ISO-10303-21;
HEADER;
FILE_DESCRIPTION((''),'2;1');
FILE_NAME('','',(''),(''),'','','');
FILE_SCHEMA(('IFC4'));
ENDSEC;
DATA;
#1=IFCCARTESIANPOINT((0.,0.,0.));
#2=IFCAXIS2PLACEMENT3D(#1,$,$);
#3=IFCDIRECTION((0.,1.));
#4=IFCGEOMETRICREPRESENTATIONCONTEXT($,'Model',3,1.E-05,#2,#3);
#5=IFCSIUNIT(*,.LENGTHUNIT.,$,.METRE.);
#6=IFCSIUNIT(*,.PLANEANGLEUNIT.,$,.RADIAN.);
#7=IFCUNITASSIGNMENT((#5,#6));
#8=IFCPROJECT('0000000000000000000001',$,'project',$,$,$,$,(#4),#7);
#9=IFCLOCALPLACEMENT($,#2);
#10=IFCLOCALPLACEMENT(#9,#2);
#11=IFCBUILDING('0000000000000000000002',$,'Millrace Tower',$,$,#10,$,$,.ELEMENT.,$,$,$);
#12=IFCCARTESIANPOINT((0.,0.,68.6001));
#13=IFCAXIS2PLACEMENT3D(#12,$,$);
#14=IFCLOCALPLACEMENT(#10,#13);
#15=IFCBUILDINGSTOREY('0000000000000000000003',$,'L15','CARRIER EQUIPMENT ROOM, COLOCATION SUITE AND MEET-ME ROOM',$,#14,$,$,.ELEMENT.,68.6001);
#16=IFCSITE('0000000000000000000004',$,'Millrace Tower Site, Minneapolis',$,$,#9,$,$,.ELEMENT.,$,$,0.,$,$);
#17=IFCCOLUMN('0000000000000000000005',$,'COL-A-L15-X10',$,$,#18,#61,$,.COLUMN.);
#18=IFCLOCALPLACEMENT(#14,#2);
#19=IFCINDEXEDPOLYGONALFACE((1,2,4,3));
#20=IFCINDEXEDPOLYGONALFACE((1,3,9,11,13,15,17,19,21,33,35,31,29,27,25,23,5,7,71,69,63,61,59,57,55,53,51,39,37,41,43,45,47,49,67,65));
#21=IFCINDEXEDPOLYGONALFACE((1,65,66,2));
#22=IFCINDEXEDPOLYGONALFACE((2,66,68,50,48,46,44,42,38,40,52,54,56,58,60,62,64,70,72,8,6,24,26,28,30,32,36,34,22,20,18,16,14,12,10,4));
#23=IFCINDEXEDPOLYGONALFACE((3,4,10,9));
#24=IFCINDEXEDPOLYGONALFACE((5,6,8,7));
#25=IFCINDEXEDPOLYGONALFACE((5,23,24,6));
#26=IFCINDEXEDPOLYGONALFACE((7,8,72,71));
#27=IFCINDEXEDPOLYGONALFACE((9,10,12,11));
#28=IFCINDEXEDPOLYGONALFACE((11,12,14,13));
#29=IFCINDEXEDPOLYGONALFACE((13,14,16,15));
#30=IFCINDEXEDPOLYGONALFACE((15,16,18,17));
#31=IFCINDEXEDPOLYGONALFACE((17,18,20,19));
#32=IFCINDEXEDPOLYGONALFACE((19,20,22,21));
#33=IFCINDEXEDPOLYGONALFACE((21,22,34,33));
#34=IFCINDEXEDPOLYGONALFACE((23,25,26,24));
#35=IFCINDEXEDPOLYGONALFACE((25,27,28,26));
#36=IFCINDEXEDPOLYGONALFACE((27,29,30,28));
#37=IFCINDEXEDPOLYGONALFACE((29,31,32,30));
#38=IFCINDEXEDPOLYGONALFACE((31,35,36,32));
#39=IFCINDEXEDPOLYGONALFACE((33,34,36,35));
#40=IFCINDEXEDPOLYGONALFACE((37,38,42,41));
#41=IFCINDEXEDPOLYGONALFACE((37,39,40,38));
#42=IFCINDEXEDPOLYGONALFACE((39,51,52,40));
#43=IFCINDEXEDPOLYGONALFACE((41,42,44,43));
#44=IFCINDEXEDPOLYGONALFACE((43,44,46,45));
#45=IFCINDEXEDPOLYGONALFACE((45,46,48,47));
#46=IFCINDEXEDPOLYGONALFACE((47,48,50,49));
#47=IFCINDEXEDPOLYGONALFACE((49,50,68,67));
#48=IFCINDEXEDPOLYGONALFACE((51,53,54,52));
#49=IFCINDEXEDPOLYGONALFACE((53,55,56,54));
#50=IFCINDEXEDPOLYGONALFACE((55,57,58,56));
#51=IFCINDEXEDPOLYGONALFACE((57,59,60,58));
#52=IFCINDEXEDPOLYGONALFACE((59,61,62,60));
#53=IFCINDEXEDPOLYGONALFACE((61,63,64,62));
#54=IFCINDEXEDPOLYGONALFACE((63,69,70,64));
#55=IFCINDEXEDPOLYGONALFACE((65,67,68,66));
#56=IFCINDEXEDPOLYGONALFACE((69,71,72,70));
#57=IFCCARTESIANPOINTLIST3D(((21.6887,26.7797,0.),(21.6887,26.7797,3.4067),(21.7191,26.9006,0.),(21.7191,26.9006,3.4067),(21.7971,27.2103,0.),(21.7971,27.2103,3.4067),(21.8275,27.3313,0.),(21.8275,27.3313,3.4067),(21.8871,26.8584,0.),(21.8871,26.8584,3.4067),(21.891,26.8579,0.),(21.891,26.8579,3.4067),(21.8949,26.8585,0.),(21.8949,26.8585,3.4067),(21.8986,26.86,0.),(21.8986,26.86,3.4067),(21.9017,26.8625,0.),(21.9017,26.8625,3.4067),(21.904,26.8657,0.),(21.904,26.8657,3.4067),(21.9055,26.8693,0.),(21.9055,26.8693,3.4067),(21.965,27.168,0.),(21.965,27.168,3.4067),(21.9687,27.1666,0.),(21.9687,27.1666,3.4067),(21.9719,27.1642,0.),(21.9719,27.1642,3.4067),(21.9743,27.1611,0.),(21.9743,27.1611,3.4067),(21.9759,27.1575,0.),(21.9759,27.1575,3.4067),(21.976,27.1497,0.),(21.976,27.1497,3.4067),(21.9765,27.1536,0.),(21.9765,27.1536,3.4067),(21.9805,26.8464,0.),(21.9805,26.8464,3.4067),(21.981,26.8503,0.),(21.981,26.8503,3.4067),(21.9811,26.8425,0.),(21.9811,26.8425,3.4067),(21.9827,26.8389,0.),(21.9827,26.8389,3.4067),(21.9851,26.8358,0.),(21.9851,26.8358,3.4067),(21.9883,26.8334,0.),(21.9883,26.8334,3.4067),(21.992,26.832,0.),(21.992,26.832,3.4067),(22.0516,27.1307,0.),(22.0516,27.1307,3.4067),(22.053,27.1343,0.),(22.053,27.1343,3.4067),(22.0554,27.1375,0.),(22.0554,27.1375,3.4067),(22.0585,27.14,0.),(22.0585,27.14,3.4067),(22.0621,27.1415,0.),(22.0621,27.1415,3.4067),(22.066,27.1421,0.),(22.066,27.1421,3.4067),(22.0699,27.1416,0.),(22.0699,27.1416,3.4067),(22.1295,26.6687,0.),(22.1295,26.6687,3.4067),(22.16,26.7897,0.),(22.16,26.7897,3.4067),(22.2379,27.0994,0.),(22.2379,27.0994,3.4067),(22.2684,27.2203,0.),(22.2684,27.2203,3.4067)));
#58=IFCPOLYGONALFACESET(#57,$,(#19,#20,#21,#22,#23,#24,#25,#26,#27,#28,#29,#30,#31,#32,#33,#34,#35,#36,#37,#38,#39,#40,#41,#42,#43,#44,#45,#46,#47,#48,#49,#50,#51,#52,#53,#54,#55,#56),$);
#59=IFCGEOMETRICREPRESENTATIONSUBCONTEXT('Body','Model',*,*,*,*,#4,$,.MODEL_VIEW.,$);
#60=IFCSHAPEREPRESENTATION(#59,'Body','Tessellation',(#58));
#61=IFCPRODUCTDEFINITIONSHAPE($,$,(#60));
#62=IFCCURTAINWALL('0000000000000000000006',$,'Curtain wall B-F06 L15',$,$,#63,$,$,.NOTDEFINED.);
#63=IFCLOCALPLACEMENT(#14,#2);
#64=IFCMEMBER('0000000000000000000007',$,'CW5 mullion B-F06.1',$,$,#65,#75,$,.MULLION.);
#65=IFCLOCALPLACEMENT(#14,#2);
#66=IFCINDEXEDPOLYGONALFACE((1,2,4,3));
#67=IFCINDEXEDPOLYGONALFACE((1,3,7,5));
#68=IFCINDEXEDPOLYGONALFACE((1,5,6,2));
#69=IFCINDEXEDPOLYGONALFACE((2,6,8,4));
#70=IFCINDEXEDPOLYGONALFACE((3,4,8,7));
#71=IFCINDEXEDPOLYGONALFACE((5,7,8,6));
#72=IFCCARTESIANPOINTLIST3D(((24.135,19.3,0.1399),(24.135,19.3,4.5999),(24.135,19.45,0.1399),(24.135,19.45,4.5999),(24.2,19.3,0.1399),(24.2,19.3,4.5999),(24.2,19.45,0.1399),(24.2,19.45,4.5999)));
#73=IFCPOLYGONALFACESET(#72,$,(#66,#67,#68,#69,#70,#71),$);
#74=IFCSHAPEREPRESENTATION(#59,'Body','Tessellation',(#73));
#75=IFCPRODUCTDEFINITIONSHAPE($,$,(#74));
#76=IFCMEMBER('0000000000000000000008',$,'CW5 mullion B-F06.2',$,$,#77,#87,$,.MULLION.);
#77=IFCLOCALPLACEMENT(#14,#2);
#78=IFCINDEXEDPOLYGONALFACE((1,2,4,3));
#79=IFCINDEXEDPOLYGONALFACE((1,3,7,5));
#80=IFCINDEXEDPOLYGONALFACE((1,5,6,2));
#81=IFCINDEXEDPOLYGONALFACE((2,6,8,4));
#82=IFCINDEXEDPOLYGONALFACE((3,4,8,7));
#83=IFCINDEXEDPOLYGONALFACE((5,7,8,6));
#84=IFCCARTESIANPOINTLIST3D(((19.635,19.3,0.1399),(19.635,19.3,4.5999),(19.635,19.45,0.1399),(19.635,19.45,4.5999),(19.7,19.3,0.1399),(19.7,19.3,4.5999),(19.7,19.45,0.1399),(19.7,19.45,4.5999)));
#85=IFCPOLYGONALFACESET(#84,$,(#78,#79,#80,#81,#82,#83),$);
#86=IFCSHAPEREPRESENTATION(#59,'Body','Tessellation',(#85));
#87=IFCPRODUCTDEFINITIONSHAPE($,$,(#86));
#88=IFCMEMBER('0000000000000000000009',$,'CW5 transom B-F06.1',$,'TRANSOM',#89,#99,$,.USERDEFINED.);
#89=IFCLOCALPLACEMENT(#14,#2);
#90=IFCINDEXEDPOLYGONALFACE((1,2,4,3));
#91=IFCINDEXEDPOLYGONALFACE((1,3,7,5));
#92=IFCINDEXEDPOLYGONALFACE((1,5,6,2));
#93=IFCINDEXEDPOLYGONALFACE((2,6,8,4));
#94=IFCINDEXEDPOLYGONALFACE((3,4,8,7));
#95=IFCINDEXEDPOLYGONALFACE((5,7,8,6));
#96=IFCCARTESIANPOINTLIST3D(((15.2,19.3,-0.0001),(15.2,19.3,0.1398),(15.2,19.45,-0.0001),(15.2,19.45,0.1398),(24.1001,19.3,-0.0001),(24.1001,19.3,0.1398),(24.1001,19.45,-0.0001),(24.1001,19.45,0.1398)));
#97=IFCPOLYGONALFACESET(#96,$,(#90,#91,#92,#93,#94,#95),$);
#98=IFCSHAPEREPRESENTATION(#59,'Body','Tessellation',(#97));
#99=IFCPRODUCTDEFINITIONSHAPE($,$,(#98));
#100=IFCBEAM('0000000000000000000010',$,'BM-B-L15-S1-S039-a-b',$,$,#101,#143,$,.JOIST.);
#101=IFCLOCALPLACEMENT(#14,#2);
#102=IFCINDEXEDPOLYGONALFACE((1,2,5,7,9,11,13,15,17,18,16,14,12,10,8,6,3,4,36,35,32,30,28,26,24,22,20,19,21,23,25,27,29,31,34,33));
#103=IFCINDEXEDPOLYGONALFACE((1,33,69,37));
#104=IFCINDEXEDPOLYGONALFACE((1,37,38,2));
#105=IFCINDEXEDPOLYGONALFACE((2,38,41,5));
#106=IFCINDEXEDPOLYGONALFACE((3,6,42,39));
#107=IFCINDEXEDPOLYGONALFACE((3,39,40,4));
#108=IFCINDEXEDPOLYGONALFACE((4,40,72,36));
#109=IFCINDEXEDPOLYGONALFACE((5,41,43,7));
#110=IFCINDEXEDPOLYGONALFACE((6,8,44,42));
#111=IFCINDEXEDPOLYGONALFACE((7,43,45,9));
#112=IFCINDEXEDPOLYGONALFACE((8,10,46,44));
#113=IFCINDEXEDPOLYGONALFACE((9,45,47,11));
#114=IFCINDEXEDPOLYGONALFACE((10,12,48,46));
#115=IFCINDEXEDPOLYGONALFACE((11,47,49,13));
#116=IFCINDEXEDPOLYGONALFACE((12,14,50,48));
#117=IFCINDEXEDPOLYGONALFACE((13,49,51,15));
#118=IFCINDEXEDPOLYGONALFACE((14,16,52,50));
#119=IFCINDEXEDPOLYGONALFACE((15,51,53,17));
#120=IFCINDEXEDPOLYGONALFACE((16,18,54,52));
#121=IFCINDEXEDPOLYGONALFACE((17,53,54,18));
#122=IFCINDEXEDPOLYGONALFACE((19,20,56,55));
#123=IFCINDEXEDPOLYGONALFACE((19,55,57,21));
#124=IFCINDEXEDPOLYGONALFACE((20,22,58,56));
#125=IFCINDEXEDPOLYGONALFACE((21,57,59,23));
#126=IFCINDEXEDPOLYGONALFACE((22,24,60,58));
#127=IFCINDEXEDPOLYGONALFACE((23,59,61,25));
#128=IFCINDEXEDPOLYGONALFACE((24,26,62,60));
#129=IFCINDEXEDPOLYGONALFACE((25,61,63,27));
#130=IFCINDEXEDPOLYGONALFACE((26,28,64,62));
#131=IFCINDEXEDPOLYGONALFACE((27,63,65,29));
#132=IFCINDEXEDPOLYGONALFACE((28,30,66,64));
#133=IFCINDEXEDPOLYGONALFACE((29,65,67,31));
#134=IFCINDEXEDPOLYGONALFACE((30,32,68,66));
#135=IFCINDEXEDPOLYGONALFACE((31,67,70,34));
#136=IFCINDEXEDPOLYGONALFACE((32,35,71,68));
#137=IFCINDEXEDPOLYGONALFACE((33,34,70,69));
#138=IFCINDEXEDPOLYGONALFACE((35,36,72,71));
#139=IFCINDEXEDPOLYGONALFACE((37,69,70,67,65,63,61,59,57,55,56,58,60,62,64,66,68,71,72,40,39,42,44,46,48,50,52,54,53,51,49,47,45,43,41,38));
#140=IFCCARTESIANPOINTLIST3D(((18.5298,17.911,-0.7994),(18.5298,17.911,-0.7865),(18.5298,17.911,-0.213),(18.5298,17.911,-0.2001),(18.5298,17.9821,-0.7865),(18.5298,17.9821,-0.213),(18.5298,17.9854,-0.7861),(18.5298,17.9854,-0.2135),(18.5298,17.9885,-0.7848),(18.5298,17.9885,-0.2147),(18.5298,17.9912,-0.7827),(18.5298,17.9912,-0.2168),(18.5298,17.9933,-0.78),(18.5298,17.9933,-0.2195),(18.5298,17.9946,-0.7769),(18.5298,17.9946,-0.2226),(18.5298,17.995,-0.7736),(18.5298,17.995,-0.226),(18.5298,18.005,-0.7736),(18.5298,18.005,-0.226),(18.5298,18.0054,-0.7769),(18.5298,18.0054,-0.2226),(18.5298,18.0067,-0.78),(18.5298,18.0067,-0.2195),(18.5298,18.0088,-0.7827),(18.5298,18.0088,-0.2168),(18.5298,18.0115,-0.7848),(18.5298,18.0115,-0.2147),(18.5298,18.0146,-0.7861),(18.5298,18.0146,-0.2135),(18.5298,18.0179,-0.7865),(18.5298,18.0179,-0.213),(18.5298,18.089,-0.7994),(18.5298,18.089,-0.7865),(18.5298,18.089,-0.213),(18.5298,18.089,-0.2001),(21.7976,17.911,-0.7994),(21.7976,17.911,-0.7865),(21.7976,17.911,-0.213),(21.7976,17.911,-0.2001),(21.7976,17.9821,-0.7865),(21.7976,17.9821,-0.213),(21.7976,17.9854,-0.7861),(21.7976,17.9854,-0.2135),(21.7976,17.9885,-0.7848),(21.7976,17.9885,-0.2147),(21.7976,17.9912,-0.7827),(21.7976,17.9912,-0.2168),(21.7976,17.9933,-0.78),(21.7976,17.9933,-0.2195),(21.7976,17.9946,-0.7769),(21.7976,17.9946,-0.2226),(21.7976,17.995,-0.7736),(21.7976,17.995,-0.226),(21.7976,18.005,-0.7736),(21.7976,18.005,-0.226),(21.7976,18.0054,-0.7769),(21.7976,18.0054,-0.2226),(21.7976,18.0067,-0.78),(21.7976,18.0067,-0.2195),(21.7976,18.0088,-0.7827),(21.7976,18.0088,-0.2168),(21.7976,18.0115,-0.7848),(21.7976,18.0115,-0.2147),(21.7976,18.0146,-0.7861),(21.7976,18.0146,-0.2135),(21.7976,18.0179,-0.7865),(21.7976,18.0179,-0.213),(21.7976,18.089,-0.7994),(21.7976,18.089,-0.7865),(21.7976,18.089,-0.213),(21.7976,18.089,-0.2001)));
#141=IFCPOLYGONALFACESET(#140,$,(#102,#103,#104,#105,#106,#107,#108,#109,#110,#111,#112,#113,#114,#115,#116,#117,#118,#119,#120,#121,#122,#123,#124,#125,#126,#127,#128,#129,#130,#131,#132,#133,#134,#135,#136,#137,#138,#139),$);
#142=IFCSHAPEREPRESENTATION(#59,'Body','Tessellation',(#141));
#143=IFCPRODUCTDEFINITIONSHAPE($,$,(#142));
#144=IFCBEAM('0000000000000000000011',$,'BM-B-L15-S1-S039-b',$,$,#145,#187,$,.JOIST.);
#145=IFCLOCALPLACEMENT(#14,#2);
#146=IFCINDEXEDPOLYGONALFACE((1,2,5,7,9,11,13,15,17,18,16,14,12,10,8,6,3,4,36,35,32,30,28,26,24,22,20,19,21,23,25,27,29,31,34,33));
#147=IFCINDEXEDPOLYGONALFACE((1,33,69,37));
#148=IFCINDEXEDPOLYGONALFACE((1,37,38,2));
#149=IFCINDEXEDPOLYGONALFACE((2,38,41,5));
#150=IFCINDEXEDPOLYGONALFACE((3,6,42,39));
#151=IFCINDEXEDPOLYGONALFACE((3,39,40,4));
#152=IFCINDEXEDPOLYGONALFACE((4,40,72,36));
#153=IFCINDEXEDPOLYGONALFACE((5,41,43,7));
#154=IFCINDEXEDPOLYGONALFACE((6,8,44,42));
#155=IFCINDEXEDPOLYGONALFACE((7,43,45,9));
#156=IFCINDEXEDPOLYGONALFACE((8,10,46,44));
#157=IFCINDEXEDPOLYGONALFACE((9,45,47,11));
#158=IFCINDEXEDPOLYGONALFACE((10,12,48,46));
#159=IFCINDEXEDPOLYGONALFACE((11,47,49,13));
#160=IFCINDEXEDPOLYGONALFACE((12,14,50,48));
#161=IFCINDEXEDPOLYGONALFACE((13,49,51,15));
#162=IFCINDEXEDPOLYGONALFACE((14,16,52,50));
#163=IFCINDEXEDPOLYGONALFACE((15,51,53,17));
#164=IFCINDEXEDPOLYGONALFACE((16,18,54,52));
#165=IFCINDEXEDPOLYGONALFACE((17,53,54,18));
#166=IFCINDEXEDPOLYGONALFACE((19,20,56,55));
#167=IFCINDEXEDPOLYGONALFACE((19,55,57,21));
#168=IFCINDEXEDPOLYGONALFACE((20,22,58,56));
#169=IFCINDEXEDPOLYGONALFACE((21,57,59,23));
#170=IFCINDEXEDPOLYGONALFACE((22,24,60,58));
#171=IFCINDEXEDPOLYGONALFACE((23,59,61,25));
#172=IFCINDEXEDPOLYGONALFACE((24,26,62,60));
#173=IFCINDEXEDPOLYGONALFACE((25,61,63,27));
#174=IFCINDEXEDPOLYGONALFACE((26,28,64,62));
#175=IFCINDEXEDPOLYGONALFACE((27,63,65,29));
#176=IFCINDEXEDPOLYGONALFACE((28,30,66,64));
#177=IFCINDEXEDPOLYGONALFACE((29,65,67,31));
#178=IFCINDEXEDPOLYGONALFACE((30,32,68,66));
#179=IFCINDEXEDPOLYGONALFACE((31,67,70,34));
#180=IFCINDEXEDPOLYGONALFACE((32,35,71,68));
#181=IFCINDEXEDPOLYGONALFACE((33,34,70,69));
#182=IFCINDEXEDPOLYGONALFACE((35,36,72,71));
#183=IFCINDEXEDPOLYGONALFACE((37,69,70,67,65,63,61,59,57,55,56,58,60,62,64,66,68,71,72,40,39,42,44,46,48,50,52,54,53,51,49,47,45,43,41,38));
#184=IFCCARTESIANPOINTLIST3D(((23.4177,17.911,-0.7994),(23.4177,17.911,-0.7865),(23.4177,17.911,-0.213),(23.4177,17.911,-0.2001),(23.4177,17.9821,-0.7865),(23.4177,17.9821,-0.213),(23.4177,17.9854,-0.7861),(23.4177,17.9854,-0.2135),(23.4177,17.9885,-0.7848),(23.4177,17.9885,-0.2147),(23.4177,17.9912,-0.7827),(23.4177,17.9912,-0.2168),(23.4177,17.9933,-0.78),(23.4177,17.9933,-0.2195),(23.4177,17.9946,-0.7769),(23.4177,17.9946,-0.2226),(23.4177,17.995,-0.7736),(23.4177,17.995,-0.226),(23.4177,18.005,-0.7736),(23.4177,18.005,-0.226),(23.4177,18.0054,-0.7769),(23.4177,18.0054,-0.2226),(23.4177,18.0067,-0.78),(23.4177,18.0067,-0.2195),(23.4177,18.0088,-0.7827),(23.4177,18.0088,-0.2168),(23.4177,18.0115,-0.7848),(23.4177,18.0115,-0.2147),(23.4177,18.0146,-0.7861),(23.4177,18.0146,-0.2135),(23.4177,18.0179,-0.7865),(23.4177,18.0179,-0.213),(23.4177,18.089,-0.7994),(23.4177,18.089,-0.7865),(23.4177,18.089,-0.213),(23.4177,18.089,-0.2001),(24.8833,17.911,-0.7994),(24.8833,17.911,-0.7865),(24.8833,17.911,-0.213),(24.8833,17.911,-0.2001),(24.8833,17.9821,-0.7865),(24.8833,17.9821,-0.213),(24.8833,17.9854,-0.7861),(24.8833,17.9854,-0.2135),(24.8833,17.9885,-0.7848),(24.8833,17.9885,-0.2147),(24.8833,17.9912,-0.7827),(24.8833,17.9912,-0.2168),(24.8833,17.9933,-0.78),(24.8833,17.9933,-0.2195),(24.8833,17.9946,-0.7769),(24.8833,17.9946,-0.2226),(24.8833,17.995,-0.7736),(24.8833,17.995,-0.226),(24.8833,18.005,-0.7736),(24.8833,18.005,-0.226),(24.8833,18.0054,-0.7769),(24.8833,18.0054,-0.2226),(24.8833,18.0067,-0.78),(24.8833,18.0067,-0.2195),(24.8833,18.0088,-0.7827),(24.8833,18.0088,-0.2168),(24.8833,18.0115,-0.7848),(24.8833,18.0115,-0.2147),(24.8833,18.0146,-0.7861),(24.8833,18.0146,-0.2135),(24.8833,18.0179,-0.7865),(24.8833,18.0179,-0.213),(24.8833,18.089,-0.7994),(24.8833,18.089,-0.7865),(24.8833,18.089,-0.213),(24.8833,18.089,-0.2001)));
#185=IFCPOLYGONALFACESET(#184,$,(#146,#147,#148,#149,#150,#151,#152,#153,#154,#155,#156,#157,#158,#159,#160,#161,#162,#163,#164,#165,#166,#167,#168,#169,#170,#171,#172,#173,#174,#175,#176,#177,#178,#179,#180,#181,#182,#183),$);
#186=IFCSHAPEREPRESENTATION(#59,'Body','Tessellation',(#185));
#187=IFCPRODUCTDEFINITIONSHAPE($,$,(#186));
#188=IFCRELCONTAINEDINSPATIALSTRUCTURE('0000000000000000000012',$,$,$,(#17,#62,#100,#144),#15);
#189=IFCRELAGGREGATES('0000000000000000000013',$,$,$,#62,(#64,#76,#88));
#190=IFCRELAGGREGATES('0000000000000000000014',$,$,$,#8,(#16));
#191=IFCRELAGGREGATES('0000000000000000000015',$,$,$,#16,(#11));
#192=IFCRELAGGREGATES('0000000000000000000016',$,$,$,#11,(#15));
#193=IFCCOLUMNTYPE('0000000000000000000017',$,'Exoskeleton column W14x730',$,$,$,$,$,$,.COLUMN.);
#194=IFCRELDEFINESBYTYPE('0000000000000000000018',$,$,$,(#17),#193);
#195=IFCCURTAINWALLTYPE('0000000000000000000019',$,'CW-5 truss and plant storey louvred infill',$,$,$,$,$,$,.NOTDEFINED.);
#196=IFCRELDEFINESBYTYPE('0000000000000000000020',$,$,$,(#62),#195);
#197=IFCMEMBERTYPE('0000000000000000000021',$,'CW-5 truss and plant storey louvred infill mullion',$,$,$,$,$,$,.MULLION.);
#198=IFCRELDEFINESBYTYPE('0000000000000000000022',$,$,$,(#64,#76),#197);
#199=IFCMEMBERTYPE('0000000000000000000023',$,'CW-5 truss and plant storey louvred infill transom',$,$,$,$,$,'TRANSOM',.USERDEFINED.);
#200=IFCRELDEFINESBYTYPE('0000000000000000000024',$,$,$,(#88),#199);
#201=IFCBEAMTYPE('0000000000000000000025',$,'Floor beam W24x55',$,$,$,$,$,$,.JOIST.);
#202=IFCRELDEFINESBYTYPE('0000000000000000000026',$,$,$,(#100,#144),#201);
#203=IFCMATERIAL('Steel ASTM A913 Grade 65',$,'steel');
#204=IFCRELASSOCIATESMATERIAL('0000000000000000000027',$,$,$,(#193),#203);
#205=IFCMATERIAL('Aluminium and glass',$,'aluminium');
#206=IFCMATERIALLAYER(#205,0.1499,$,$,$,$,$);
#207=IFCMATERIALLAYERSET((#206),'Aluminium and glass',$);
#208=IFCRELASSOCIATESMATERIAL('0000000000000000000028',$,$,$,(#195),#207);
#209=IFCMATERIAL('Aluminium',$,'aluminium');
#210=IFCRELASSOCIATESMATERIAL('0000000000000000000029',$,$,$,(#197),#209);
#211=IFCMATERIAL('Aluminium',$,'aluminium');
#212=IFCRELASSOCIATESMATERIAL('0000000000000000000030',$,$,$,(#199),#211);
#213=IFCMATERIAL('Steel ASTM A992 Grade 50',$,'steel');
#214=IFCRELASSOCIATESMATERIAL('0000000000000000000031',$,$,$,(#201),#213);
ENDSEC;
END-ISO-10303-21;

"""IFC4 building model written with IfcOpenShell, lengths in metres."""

from ifc_helpers import new_model, si_unit, direction, frame, origin, origin_2d, place, context, subcontext, project, spatial, rectangle, i_section, extrude, material, layer, layer_set, material_profile, profile_set, type_object, element, aggregate, save


model = new_model("IFC4")

# Units and contexts
model_context = context("Model", 3, precision=1e-05, world=origin(), true_north=direction((0.0, 1.0)))
body_context = subcontext(model_context, "Body", "Model", "MODEL_VIEW")
ifc_project = project(units=[si_unit("LENGTHUNIT", "METRE"), si_unit("PLANEANGLEUNIT", "RADIAN")], contexts=[model_context])

# Site, building, storey
site_placement = place(None, origin())
site = spatial("IfcSite", under=ifc_project, at=site_placement, Name="Millrace Tower Site, Minneapolis", CompositionType="ELEMENT", RefElevation=0.0)
building_placement = place(site_placement, origin())
building = spatial("IfcBuilding", under=site, at=building_placement, Name="Millrace Tower", CompositionType="ELEMENT")
storey_placement = place(building_placement, frame((0.0, 0.0, 68.6001)))
storey = spatial("IfcBuildingStorey", under=building, at=storey_placement, Name="L15", Description="CARRIER EQUIPMENT ROOM, COLOCATION SUITE AND MEET-ME ROOM", CompositionType="ELEMENT", Elevation=68.6001)

# Column
ifc_material_1 = material(Name="Steel ASTM A913 Grade 65", Category="steel")
ifc_material_profile_1 = material_profile(ifc_material_1, i_section(OverallWidth=0.4546, OverallDepth=0.5688, WebThickness=0.0779, FlangeThickness=0.1248, FilletRadius=0.0151, at=origin_2d()))
ifc_profile_set_1 = profile_set([ifc_material_profile_1], Name="Steel ASTM A913 Grade 65")
column_type = type_object("IfcColumnType", Name="Exoskeleton column W14x730", PredefinedType="COLUMN", material=ifc_profile_set_1)
column_placement = place(storey_placement, frame((21.9785, 27.0, 0.0), z_axis=(0.0, 0.0, 1.0), x_axis=(-0.969752, 0.244094, 0.0)))
element("IfcColumn", 1, at=column_placement, inside=storey, type_object=column_type, Name="COL-A-L15-X10", PredefinedType="COLUMN", context=body_context, shape_type="SweptSolid", body=[
    extrude(i_section(OverallWidth=0.4546, OverallDepth=0.5688, WebThickness=0.0779, FlangeThickness=0.1248, FilletRadius=0.0151, at=origin_2d()), origin(), (0.0, 0.0, 1.0), 3.4067),
])

# Curtain wall, members
ifc_material_2 = material(Name="Aluminium and glass", Category="aluminium")
ifc_layer_1 = layer(ifc_material_2, 0.1499)
ifc_layer_set_1 = layer_set([ifc_layer_1], Name="Aluminium and glass")
curtain_wall_type = type_object("IfcCurtainWallType", Name="CW-5 truss and plant storey louvred infill", PredefinedType="NOTDEFINED", material=ifc_layer_set_1)
curtain_wall_placement = place(storey_placement, origin())
curtain_wall = element("IfcCurtainWall", 2, at=curtain_wall_placement, inside=storey, type_object=curtain_wall_type, Name="Curtain wall B-F06 L15", PredefinedType="NOTDEFINED")
ifc_material_3 = material(Name="Aluminium", Category="aluminium")
ifc_material_profile_2 = material_profile(ifc_material_3, rectangle(XDim=0.0649, YDim=0.1499, at=origin_2d()))
ifc_profile_set_2 = profile_set([ifc_material_profile_2], Name="Aluminium")
member_type_1 = type_object("IfcMemberType", Name="CW-5 truss and plant storey louvred infill mullion", PredefinedType="MULLION", material=ifc_profile_set_2)
member_1_placement = place(storey_placement, frame((24.1675, 19.375, 0.1399), z_axis=(0.0, 0.0, 1.0), x_axis=(-1.0, 0.0, 0.0)))
member_1 = element("IfcMember", 3, at=member_1_placement, type_object=member_type_1, Name="CW5 mullion B-F06.1", PredefinedType="MULLION", context=body_context, shape_type="SweptSolid", body=[
    extrude(rectangle(XDim=0.0649, YDim=0.1499, at=origin_2d()), origin(), (0.0, 0.0, 1.0), 4.46),
])
member_2_placement = place(storey_placement, frame((19.6675, 19.375, 0.1399), z_axis=(0.0, 0.0, 1.0), x_axis=(-1.0, 0.0, 0.0)))
member_2 = element("IfcMember", 4, at=member_2_placement, type_object=member_type_1, Name="CW5 mullion B-F06.2", PredefinedType="MULLION", context=body_context, shape_type="SweptSolid", body=[
    extrude(rectangle(XDim=0.0649, YDim=0.1499, at=origin_2d()), origin(), (0.0, 0.0, 1.0), 4.46),
])
ifc_material_4 = material(Name="Aluminium", Category="aluminium")
ifc_material_profile_3 = material_profile(ifc_material_4, rectangle(XDim=0.1499, YDim=0.1399, at=origin_2d()))
ifc_profile_set_3 = profile_set([ifc_material_profile_3], Name="Aluminium")
member_type_2 = type_object("IfcMemberType", Name="CW-5 truss and plant storey louvred infill transom", ElementType="TRANSOM", PredefinedType="USERDEFINED", material=ifc_profile_set_3)
member_3_placement = place(storey_placement, frame((24.1001, 19.375, 0.0698), z_axis=(-1.0, 0.0, 0.0), x_axis=(0.0, -1.0, 0.0)))
member_3 = element("IfcMember", 5, at=member_3_placement, type_object=member_type_2, Name="CW5 transom B-F06.1", ObjectType="TRANSOM", PredefinedType="USERDEFINED", context=body_context, shape_type="SweptSolid", body=[
    extrude(rectangle(XDim=0.1499, YDim=0.1399, at=origin_2d()), origin(), (0.0, 0.0, 1.0), 8.9001),
])
aggregate(curtain_wall, [member_1, member_2, member_3])

# Beams
ifc_material_5 = material(Name="Steel ASTM A992 Grade 50", Category="steel")
ifc_material_profile_4 = material_profile(ifc_material_5, i_section(OverallWidth=0.178, OverallDepth=0.5994, WebThickness=0.01, FlangeThickness=0.0129, FilletRadius=0.0129, at=origin_2d()))
ifc_profile_set_4 = profile_set([ifc_material_profile_4], Name="Steel ASTM A992 Grade 50")
beam_type_1 = type_object("IfcBeamType", Name="Floor beam W24x55", PredefinedType="JOIST", material=ifc_profile_set_4)
beam_1_placement = place(storey_placement, frame((18.5298, 18.0, -0.4998), z_axis=(1.0, 0.0, 0.0), x_axis=(0.0, 1.0, 0.0)))
element("IfcBeam", 6, at=beam_1_placement, inside=storey, type_object=beam_type_1, Name="BM-B-L15-S1-S039-a-b", PredefinedType="JOIST", context=body_context, shape_type="SweptSolid", body=[
    extrude(i_section(OverallWidth=0.178, OverallDepth=0.5994, WebThickness=0.01, FlangeThickness=0.0129, FilletRadius=0.0129, at=origin_2d()), origin(), (0.0, 0.0, 1.0), 3.2678),
])
beam_2_placement = place(storey_placement, frame((23.4177, 18.0, -0.4998), z_axis=(1.0, 0.0, 0.0), x_axis=(0.0, 1.0, 0.0)))
element("IfcBeam", 7, at=beam_2_placement, inside=storey, type_object=beam_type_1, Name="BM-B-L15-S1-S039-b", PredefinedType="JOIST", context=body_context, shape_type="SweptSolid", body=[
    extrude(i_section(OverallWidth=0.178, OverallDepth=0.5994, WebThickness=0.01, FlangeThickness=0.0129, FilletRadius=0.0129, at=origin_2d()), origin(), (0.0, 0.0, 1.0), 1.4656),
])

save(model, "model.ifc")
